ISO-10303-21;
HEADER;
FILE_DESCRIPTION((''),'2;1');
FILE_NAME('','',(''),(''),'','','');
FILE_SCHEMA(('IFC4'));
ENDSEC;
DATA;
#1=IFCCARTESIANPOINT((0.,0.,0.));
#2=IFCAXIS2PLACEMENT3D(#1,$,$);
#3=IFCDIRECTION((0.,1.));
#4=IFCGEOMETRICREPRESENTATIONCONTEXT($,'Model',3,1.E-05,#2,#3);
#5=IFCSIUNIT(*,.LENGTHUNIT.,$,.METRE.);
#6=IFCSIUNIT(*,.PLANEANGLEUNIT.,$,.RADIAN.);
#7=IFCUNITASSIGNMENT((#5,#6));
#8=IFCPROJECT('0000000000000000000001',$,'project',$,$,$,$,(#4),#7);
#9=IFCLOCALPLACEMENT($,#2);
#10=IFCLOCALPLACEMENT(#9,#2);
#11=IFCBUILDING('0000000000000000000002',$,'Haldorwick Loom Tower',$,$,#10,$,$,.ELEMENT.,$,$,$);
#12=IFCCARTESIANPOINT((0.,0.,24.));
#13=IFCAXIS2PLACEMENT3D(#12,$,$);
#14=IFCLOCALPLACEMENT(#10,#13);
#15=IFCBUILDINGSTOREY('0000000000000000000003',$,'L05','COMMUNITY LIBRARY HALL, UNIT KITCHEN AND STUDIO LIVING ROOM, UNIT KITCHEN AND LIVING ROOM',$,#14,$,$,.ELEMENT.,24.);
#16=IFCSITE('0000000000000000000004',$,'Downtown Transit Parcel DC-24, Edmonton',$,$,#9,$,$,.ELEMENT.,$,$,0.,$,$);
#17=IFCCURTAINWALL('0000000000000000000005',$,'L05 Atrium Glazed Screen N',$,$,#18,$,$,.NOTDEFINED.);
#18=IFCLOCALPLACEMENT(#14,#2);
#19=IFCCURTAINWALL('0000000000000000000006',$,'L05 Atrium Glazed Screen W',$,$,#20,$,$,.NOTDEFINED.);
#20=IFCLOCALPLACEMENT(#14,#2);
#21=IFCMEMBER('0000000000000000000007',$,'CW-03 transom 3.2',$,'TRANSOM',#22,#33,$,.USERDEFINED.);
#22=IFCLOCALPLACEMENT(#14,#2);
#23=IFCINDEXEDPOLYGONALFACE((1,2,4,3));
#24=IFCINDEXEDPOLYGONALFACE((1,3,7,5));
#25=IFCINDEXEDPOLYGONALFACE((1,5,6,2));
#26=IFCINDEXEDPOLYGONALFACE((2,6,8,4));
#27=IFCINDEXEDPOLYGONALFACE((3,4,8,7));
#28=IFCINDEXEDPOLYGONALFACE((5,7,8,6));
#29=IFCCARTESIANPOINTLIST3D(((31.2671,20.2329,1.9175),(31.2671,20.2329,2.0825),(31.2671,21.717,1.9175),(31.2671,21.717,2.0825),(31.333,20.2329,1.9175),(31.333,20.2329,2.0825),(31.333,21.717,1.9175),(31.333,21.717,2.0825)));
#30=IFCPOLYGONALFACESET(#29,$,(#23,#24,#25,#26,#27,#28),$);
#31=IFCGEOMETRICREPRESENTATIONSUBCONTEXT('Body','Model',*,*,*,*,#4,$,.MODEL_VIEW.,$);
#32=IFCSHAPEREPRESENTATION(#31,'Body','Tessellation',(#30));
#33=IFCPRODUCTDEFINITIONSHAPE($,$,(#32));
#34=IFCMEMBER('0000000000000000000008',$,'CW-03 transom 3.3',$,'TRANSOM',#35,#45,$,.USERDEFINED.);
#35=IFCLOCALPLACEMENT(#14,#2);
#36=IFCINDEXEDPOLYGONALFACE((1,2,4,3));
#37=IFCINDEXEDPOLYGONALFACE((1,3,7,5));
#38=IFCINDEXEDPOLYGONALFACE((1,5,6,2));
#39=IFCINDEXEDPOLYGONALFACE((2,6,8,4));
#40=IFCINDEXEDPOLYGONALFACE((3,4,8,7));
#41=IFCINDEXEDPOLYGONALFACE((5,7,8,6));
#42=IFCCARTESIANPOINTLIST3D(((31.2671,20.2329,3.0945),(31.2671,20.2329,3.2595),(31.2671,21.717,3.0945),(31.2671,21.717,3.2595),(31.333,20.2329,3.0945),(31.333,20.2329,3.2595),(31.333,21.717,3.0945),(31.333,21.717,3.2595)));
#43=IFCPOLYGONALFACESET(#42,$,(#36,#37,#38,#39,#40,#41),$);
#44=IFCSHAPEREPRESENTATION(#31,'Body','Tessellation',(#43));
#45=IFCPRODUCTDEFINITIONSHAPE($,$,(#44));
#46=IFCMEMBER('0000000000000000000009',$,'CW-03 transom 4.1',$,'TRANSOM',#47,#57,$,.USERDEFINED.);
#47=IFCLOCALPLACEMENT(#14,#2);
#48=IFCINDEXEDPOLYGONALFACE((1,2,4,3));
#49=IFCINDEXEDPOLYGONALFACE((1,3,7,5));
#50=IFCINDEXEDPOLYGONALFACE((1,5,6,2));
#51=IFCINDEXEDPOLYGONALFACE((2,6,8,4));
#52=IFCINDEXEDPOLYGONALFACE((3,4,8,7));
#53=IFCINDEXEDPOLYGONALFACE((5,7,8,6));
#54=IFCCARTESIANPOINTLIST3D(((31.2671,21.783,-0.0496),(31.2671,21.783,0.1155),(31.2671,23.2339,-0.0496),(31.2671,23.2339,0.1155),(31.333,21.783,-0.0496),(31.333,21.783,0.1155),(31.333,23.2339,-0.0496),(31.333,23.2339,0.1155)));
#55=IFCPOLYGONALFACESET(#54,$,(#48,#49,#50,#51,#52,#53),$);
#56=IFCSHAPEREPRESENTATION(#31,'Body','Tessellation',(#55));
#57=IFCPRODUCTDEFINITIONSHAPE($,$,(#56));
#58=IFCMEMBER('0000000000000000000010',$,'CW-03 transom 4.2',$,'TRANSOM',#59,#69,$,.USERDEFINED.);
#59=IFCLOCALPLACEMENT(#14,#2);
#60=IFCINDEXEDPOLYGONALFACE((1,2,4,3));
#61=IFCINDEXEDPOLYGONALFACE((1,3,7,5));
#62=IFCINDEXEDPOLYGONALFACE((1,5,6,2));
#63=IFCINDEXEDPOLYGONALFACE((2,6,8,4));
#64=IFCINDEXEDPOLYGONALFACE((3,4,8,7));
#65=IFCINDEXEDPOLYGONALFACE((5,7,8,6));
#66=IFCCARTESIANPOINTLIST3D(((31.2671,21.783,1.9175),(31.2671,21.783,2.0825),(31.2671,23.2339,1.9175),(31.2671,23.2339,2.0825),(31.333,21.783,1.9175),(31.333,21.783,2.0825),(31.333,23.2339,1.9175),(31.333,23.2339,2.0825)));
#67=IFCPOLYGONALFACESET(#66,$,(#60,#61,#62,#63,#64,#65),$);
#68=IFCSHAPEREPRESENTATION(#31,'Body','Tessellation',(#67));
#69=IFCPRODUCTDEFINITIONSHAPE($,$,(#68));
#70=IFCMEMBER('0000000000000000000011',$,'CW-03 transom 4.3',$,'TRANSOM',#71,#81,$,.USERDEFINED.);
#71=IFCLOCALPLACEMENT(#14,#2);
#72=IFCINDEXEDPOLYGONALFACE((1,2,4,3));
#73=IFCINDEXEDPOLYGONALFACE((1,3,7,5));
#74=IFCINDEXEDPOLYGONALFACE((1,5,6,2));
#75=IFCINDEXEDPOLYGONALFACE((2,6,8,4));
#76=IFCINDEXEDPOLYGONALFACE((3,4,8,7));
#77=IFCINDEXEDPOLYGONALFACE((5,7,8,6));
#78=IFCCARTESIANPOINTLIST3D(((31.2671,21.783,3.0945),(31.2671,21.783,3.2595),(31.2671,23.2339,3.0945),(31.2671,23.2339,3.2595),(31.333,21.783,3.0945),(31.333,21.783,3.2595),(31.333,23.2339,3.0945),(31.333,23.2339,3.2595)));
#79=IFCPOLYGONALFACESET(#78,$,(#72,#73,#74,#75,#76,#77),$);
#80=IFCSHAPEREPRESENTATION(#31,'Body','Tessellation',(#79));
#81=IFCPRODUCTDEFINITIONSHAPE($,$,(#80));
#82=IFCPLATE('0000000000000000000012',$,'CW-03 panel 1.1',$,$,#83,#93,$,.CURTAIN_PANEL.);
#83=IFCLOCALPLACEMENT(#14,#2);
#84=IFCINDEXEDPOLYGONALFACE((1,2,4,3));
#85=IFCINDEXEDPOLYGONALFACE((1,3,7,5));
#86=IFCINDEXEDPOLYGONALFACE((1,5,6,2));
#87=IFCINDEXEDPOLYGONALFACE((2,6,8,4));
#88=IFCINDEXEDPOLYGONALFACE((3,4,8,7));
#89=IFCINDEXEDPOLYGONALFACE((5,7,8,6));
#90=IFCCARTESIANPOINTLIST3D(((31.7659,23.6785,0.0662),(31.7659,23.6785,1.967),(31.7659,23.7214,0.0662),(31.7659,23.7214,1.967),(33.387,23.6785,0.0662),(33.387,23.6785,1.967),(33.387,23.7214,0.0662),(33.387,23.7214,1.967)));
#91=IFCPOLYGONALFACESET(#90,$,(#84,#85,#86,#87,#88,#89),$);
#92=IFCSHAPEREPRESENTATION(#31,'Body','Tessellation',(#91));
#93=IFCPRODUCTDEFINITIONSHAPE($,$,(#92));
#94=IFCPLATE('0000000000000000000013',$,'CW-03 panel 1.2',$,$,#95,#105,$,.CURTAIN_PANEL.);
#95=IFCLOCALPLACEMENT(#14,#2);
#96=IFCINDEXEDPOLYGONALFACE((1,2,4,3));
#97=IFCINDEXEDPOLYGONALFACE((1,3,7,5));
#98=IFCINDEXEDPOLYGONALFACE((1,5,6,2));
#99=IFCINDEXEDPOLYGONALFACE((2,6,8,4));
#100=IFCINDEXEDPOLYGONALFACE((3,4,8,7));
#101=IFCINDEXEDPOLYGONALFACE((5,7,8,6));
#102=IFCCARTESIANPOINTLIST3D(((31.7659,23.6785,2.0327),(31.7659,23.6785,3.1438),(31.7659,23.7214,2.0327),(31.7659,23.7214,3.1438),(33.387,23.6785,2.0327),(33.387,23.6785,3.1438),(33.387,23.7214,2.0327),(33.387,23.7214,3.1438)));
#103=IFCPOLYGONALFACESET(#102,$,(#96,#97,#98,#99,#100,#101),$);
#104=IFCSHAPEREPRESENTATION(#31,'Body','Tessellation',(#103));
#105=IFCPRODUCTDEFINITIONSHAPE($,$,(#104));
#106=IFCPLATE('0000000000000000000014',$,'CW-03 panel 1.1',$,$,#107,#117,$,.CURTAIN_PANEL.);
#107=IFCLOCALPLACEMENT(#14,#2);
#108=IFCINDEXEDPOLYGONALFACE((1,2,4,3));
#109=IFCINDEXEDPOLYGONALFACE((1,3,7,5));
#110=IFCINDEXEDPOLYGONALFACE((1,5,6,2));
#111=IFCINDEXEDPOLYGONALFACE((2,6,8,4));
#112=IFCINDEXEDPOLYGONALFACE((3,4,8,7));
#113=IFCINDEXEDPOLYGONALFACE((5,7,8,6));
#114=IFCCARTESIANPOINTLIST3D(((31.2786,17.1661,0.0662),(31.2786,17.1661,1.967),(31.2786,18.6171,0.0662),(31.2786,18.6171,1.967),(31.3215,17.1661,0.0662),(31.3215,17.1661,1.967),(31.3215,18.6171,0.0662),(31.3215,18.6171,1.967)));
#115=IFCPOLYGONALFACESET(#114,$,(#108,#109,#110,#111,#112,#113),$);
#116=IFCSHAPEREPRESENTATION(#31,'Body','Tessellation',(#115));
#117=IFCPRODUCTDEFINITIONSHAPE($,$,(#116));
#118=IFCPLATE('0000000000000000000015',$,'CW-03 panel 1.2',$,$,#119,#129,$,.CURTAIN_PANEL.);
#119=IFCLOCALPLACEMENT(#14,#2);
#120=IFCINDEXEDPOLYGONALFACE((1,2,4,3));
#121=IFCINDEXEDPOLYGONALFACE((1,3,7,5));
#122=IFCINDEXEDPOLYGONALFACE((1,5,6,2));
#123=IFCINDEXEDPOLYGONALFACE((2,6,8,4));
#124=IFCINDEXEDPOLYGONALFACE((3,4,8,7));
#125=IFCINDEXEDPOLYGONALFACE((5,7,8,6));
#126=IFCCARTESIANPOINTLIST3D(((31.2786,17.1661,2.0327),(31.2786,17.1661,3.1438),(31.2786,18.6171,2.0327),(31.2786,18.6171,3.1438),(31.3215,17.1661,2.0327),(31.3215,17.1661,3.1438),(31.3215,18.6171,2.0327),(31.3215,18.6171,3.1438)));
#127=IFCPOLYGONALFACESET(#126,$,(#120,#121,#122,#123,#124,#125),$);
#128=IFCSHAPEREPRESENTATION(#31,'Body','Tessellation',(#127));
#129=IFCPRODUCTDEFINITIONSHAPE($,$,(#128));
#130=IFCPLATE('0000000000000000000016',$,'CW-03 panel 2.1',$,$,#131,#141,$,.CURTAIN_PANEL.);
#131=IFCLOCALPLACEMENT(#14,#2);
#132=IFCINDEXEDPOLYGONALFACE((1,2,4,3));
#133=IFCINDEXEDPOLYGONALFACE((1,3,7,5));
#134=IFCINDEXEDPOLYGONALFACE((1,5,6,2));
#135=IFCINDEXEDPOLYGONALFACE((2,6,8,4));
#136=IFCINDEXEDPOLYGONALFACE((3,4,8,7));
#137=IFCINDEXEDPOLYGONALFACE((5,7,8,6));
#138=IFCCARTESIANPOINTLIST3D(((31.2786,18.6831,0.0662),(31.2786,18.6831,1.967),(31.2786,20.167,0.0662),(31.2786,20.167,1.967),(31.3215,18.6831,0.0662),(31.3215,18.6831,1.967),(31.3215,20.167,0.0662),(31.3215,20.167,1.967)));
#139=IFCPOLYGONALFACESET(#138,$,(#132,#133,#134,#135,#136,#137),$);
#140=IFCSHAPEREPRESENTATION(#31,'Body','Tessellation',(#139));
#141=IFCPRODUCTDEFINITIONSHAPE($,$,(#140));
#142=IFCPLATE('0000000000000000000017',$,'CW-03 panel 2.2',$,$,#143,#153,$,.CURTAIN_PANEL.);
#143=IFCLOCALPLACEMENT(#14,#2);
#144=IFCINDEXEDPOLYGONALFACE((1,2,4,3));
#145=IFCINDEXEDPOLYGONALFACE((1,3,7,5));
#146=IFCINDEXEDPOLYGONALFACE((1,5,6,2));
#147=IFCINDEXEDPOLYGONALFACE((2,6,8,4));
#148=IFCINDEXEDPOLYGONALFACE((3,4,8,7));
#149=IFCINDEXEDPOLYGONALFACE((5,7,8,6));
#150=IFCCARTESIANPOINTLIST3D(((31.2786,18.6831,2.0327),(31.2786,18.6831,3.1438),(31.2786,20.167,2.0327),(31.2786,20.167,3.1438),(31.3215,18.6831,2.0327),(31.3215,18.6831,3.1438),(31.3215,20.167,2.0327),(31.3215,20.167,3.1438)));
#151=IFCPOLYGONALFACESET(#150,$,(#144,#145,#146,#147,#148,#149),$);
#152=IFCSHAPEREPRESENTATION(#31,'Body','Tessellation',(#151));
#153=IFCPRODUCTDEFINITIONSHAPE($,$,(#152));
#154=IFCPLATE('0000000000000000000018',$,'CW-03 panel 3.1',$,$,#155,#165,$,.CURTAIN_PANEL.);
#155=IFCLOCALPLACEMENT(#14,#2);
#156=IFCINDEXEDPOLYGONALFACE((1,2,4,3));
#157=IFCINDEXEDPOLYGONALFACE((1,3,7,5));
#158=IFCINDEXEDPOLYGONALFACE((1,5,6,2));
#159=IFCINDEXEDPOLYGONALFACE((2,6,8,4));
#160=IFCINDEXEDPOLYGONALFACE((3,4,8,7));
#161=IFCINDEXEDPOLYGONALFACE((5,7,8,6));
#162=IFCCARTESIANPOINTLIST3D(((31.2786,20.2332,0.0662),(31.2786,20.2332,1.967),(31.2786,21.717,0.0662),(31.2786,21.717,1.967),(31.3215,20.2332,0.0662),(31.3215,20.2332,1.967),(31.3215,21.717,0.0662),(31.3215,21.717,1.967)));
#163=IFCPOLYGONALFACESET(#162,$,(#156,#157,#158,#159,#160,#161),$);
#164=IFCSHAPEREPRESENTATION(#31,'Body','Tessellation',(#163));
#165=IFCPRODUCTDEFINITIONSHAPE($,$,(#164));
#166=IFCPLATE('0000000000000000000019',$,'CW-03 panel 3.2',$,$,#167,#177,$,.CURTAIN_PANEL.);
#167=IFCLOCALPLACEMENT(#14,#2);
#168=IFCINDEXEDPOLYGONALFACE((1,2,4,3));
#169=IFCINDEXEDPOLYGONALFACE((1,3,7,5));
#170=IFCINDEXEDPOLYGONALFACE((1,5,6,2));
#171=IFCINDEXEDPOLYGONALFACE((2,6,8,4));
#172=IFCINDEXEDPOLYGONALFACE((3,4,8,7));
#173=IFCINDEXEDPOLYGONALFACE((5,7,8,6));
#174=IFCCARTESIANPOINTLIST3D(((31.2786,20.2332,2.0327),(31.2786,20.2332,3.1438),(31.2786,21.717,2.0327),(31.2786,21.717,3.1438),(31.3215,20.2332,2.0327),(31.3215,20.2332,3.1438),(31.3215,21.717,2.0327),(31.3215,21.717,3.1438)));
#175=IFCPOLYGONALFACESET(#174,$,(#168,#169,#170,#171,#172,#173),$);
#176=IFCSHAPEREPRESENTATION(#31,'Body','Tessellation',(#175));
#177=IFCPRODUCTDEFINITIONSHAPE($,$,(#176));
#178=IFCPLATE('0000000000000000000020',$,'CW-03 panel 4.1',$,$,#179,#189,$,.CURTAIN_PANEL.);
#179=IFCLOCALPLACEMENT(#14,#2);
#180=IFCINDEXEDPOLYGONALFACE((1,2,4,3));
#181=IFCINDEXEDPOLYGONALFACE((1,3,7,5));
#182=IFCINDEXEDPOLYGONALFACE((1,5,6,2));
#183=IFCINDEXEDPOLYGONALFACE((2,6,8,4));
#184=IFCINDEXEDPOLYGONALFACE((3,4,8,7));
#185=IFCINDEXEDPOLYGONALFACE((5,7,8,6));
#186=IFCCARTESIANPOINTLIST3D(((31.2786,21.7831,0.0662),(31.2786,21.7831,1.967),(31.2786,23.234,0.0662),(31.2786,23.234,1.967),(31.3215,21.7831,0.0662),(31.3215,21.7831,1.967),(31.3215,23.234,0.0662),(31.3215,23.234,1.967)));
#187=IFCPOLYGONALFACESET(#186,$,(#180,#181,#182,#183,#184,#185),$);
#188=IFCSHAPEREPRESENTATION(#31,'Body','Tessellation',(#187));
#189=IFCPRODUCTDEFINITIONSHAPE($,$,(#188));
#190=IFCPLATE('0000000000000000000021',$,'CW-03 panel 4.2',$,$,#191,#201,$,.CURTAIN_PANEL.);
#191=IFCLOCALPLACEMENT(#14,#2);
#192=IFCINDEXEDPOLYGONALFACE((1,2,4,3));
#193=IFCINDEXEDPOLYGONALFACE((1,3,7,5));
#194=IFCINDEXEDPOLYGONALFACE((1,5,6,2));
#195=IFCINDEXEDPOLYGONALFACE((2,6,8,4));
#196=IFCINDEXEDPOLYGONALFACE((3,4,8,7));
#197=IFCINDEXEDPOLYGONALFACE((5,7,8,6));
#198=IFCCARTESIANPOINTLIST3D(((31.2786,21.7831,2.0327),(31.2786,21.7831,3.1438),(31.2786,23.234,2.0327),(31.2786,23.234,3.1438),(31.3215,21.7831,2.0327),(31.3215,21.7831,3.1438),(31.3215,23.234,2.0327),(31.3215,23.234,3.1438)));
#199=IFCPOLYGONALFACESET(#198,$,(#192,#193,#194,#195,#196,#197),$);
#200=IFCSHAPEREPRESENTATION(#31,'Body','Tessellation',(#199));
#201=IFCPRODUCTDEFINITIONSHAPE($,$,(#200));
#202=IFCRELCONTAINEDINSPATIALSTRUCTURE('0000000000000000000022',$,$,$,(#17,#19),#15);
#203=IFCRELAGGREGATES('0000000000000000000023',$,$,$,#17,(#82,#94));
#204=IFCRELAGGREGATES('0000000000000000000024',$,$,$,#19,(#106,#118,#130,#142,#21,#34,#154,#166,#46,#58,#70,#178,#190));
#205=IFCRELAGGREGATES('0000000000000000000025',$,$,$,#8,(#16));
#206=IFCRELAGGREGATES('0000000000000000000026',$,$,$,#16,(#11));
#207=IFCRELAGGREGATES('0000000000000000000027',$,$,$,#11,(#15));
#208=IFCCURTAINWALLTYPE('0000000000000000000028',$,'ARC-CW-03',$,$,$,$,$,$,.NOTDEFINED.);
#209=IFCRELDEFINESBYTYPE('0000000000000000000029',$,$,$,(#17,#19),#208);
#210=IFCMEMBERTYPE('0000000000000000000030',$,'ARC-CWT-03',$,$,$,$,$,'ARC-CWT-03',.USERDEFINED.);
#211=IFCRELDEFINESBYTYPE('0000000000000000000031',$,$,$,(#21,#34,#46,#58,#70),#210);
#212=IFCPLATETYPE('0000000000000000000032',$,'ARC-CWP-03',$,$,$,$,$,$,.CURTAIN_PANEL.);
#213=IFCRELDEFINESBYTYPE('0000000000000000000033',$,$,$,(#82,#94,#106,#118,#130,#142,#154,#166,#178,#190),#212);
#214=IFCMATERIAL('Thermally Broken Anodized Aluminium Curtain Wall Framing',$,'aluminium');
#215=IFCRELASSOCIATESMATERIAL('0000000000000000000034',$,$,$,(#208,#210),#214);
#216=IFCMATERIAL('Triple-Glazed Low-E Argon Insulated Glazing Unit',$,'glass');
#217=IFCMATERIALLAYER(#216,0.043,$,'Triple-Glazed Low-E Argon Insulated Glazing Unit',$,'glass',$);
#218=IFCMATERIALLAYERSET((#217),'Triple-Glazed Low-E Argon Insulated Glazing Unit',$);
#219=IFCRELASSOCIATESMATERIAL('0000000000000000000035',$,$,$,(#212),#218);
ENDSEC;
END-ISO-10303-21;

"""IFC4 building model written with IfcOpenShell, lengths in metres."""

from ifc_helpers import new_model, si_unit, direction, frame, origin, origin_2d, place, context, subcontext, project, spatial, rectangle, extrude, material, layer, layer_set, material_profile, profile_set, type_object, element, aggregate, save


model = new_model("IFC4")

# Units and contexts
model_context = context("Model", 3, precision=1e-05, world=origin(), true_north=direction((0.0, 1.0)))
body_context = subcontext(model_context, "Body", "Model", "MODEL_VIEW")
ifc_project = project(units=[si_unit("LENGTHUNIT", "METRE"), si_unit("PLANEANGLEUNIT", "RADIAN")], contexts=[model_context])

# Site, building, storey
site_placement = place(None, origin())
site = spatial("IfcSite", under=ifc_project, at=site_placement, Name="Downtown Transit Parcel DC-24, Edmonton", CompositionType="ELEMENT", RefElevation=0.0)
building_placement = place(site_placement, origin())
building = spatial("IfcBuilding", under=site, at=building_placement, Name="Haldorwick Loom Tower", CompositionType="ELEMENT")
storey_placement = place(building_placement, frame((0.0, 0.0, 24.0)))
storey = spatial("IfcBuildingStorey", under=building, at=storey_placement, Name="L05", Description="COMMUNITY LIBRARY HALL, UNIT KITCHEN AND STUDIO LIVING ROOM, UNIT KITCHEN AND LIVING ROOM", CompositionType="ELEMENT", Elevation=24.0)

# Curtain walls
ifc_material_1 = material(Name="Thermally Broken Anodized Aluminium Curtain Wall Framing", Category="aluminium")
curtain_wall_type = type_object("IfcCurtainWallType", Name="ARC-CW-03", PredefinedType="NOTDEFINED", material=ifc_material_1)
curtain_wall_1_placement = place(storey_placement, origin())
curtain_wall_1 = element("IfcCurtainWall", 1, at=curtain_wall_1_placement, inside=storey, type_object=curtain_wall_type, Name="L05 Atrium Glazed Screen N", PredefinedType="NOTDEFINED")
curtain_wall_2_placement = place(storey_placement, origin())
curtain_wall_2 = element("IfcCurtainWall", 2, at=curtain_wall_2_placement, inside=storey, type_object=curtain_wall_type, Name="L05 Atrium Glazed Screen W", PredefinedType="NOTDEFINED")

# Members
ifc_material_profile_1 = material_profile(ifc_material_1, rectangle(XDim=0.0659, YDim=0.165, at=origin_2d()), Name="ALU_TRN_66X165", Category="aluminium")
ifc_profile_set_1 = profile_set([ifc_material_profile_1], Name="Thermally Broken Anodized Aluminium Curtain Wall Framing")
member_type_1 = type_object("IfcMemberType", Name="ARC-CWT-03", ElementType="ARC-CWT-03", PredefinedType="USERDEFINED", material=ifc_profile_set_1)
member_1_placement = place(storey_placement, frame((31.3, 20.2329, 2.0), z_axis=(0.0, 1.0, 0.0), x_axis=(-1.0, 0.0, 0.0)))
member_1 = element("IfcMember", 3, at=member_1_placement, type_object=member_type_1, Name="CW-03 transom 3.2", ObjectType="TRANSOM", PredefinedType="USERDEFINED", context=body_context, shape_type="SweptSolid", body=[
    extrude(rectangle(XDim=0.0659, YDim=0.165, at=origin_2d()), origin(), (0.0, 0.0, 1.0), 1.4841),
])
member_2_placement = place(storey_placement, frame((31.3, 20.2329, 3.177), z_axis=(0.0, 1.0, 0.0), x_axis=(-1.0, 0.0, 0.0)))
member_2 = element("IfcMember", 4, at=member_2_placement, type_object=member_type_1, Name="CW-03 transom 3.3", ObjectType="TRANSOM", PredefinedType="USERDEFINED", context=body_context, shape_type="SweptSolid", body=[
    extrude(rectangle(XDim=0.0659, YDim=0.165, at=origin_2d()), origin(), (0.0, 0.0, 1.0), 1.4841),
])
member_3_placement = place(storey_placement, frame((31.3, 21.783, 0.033), z_axis=(0.0, 1.0, 0.0), x_axis=(-1.0, 0.0, 0.0)))
member_3 = element("IfcMember", 5, at=member_3_placement, type_object=member_type_1, Name="CW-03 transom 4.1", ObjectType="TRANSOM", PredefinedType="USERDEFINED", context=body_context, shape_type="SweptSolid", body=[
    extrude(rectangle(XDim=0.0659, YDim=0.165, at=origin_2d()), origin(), (0.0, 0.0, 1.0), 1.4509),
])
member_4_placement = place(storey_placement, frame((31.3, 21.783, 2.0), z_axis=(0.0, 1.0, 0.0), x_axis=(-1.0, 0.0, 0.0)))
member_4 = element("IfcMember", 6, at=member_4_placement, type_object=member_type_1, Name="CW-03 transom 4.2", ObjectType="TRANSOM", PredefinedType="USERDEFINED", context=body_context, shape_type="SweptSolid", body=[
    extrude(rectangle(XDim=0.0659, YDim=0.165, at=origin_2d()), origin(), (0.0, 0.0, 1.0), 1.4509),
])
member_5_placement = place(storey_placement, frame((31.3, 21.783, 3.177), z_axis=(0.0, 1.0, 0.0), x_axis=(-1.0, 0.0, 0.0)))
member_5 = element("IfcMember", 7, at=member_5_placement, type_object=member_type_1, Name="CW-03 transom 4.3", ObjectType="TRANSOM", PredefinedType="USERDEFINED", context=body_context, shape_type="SweptSolid", body=[
    extrude(rectangle(XDim=0.0659, YDim=0.165, at=origin_2d()), origin(), (0.0, 0.0, 1.0), 1.4509),
])

# Plates
ifc_material_2 = material(Name="Triple-Glazed Low-E Argon Insulated Glazing Unit", Category="glass")
ifc_layer_1 = layer(ifc_material_2, 0.043, Name="Triple-Glazed Low-E Argon Insulated Glazing Unit", Category="glass")
ifc_layer_set_1 = layer_set([ifc_layer_1], Name="Triple-Glazed Low-E Argon Insulated Glazing Unit")
plate_type = type_object("IfcPlateType", Name="ARC-CWP-03", PredefinedType="CURTAIN_PANEL", material=ifc_layer_set_1)
plate_1_placement = place(storey_placement, frame((32.5764, 23.7, 0.0662), z_axis=(0.0, 0.0, 1.0), x_axis=(1.0, 0.0, 0.0)))
plate_1 = element("IfcPlate", 8, at=plate_1_placement, type_object=plate_type, Name="CW-03 panel 1.1", PredefinedType="CURTAIN_PANEL", context=body_context, shape_type="SweptSolid", body=[
    extrude(rectangle(XDim=1.6211, YDim=0.043, at=origin_2d()), origin(), (0.0, 0.0, 1.0), 1.9009),
])
plate_2_placement = place(storey_placement, frame((32.5764, 23.7, 2.0327), z_axis=(0.0, 0.0, 1.0), x_axis=(1.0, 0.0, 0.0)))
plate_2 = element("IfcPlate", 9, at=plate_2_placement, type_object=plate_type, Name="CW-03 panel 1.2", PredefinedType="CURTAIN_PANEL", context=body_context, shape_type="SweptSolid", body=[
    extrude(rectangle(XDim=1.6211, YDim=0.043, at=origin_2d()), origin(), (0.0, 0.0, 1.0), 1.1111),
])
aggregate(curtain_wall_1, [plate_1, plate_2])
plate_3_placement = place(storey_placement, frame((31.3, 17.8916, 0.0662), z_axis=(0.0, 0.0, 1.0), x_axis=(0.0, 1.0, 0.0)))
plate_3 = element("IfcPlate", 10, at=plate_3_placement, type_object=plate_type, Name="CW-03 panel 1.1", PredefinedType="CURTAIN_PANEL", context=body_context, shape_type="SweptSolid", body=[
    extrude(rectangle(XDim=1.4509, YDim=0.043, at=origin_2d()), origin(), (0.0, 0.0, 1.0), 1.9009),
])
plate_4_placement = place(storey_placement, frame((31.3, 17.8916, 2.0327), z_axis=(0.0, 0.0, 1.0), x_axis=(0.0, 1.0, 0.0)))
plate_4 = element("IfcPlate", 11, at=plate_4_placement, type_object=plate_type, Name="CW-03 panel 1.2", PredefinedType="CURTAIN_PANEL", context=body_context, shape_type="SweptSolid", body=[
    extrude(rectangle(XDim=1.4509, YDim=0.043, at=origin_2d()), origin(), (0.0, 0.0, 1.0), 1.1111),
])
plate_5_placement = place(storey_placement, frame((31.3, 19.425, 0.0662), z_axis=(0.0, 0.0, 1.0), x_axis=(0.0, 1.0, 0.0)))
plate_5 = element("IfcPlate", 12, at=plate_5_placement, type_object=plate_type, Name="CW-03 panel 2.1", PredefinedType="CURTAIN_PANEL", context=body_context, shape_type="SweptSolid", body=[
    extrude(rectangle(XDim=1.4839, YDim=0.043, at=origin_2d()), origin(), (0.0, 0.0, 1.0), 1.9009),
])
plate_6_placement = place(storey_placement, frame((31.3, 19.425, 2.0327), z_axis=(0.0, 0.0, 1.0), x_axis=(0.0, 1.0, 0.0)))
plate_6 = element("IfcPlate", 13, at=plate_6_placement, type_object=plate_type, Name="CW-03 panel 2.2", PredefinedType="CURTAIN_PANEL", context=body_context, shape_type="SweptSolid", body=[
    extrude(rectangle(XDim=1.4839, YDim=0.043, at=origin_2d()), origin(), (0.0, 0.0, 1.0), 1.1111),
])
plate_7_placement = place(storey_placement, frame((31.3, 20.9751, 0.0662), z_axis=(0.0, 0.0, 1.0), x_axis=(0.0, 1.0, 0.0)))
plate_7 = element("IfcPlate", 14, at=plate_7_placement, type_object=plate_type, Name="CW-03 panel 3.1", PredefinedType="CURTAIN_PANEL", context=body_context, shape_type="SweptSolid", body=[
    extrude(rectangle(XDim=1.4839, YDim=0.043, at=origin_2d()), origin(), (0.0, 0.0, 1.0), 1.9009),
])
plate_8_placement = place(storey_placement, frame((31.3, 20.9751, 2.0327), z_axis=(0.0, 0.0, 1.0), x_axis=(0.0, 1.0, 0.0)))
plate_8 = element("IfcPlate", 15, at=plate_8_placement, type_object=plate_type, Name="CW-03 panel 3.2", PredefinedType="CURTAIN_PANEL", context=body_context, shape_type="SweptSolid", body=[
    extrude(rectangle(XDim=1.4839, YDim=0.043, at=origin_2d()), origin(), (0.0, 0.0, 1.0), 1.1111),
])
plate_9_placement = place(storey_placement, frame((31.3, 22.5085, 0.0662), z_axis=(0.0, 0.0, 1.0), x_axis=(0.0, 1.0, 0.0)))
plate_9 = element("IfcPlate", 16, at=plate_9_placement, type_object=plate_type, Name="CW-03 panel 4.1", PredefinedType="CURTAIN_PANEL", context=body_context, shape_type="SweptSolid", body=[
    extrude(rectangle(XDim=1.4509, YDim=0.043, at=origin_2d()), origin(), (0.0, 0.0, 1.0), 1.9009),
])
plate_10_placement = place(storey_placement, frame((31.3, 22.5085, 2.0327), z_axis=(0.0, 0.0, 1.0), x_axis=(0.0, 1.0, 0.0)))
plate_10 = element("IfcPlate", 17, at=plate_10_placement, type_object=plate_type, Name="CW-03 panel 4.2", PredefinedType="CURTAIN_PANEL", context=body_context, shape_type="SweptSolid", body=[
    extrude(rectangle(XDim=1.4509, YDim=0.043, at=origin_2d()), origin(), (0.0, 0.0, 1.0), 1.1111),
])
aggregate(curtain_wall_2, [plate_3, plate_4, plate_5, plate_6, member_1, member_2, plate_7, plate_8, member_3, member_4, member_5, plate_9, plate_10])

save(model, "model.ifc")
